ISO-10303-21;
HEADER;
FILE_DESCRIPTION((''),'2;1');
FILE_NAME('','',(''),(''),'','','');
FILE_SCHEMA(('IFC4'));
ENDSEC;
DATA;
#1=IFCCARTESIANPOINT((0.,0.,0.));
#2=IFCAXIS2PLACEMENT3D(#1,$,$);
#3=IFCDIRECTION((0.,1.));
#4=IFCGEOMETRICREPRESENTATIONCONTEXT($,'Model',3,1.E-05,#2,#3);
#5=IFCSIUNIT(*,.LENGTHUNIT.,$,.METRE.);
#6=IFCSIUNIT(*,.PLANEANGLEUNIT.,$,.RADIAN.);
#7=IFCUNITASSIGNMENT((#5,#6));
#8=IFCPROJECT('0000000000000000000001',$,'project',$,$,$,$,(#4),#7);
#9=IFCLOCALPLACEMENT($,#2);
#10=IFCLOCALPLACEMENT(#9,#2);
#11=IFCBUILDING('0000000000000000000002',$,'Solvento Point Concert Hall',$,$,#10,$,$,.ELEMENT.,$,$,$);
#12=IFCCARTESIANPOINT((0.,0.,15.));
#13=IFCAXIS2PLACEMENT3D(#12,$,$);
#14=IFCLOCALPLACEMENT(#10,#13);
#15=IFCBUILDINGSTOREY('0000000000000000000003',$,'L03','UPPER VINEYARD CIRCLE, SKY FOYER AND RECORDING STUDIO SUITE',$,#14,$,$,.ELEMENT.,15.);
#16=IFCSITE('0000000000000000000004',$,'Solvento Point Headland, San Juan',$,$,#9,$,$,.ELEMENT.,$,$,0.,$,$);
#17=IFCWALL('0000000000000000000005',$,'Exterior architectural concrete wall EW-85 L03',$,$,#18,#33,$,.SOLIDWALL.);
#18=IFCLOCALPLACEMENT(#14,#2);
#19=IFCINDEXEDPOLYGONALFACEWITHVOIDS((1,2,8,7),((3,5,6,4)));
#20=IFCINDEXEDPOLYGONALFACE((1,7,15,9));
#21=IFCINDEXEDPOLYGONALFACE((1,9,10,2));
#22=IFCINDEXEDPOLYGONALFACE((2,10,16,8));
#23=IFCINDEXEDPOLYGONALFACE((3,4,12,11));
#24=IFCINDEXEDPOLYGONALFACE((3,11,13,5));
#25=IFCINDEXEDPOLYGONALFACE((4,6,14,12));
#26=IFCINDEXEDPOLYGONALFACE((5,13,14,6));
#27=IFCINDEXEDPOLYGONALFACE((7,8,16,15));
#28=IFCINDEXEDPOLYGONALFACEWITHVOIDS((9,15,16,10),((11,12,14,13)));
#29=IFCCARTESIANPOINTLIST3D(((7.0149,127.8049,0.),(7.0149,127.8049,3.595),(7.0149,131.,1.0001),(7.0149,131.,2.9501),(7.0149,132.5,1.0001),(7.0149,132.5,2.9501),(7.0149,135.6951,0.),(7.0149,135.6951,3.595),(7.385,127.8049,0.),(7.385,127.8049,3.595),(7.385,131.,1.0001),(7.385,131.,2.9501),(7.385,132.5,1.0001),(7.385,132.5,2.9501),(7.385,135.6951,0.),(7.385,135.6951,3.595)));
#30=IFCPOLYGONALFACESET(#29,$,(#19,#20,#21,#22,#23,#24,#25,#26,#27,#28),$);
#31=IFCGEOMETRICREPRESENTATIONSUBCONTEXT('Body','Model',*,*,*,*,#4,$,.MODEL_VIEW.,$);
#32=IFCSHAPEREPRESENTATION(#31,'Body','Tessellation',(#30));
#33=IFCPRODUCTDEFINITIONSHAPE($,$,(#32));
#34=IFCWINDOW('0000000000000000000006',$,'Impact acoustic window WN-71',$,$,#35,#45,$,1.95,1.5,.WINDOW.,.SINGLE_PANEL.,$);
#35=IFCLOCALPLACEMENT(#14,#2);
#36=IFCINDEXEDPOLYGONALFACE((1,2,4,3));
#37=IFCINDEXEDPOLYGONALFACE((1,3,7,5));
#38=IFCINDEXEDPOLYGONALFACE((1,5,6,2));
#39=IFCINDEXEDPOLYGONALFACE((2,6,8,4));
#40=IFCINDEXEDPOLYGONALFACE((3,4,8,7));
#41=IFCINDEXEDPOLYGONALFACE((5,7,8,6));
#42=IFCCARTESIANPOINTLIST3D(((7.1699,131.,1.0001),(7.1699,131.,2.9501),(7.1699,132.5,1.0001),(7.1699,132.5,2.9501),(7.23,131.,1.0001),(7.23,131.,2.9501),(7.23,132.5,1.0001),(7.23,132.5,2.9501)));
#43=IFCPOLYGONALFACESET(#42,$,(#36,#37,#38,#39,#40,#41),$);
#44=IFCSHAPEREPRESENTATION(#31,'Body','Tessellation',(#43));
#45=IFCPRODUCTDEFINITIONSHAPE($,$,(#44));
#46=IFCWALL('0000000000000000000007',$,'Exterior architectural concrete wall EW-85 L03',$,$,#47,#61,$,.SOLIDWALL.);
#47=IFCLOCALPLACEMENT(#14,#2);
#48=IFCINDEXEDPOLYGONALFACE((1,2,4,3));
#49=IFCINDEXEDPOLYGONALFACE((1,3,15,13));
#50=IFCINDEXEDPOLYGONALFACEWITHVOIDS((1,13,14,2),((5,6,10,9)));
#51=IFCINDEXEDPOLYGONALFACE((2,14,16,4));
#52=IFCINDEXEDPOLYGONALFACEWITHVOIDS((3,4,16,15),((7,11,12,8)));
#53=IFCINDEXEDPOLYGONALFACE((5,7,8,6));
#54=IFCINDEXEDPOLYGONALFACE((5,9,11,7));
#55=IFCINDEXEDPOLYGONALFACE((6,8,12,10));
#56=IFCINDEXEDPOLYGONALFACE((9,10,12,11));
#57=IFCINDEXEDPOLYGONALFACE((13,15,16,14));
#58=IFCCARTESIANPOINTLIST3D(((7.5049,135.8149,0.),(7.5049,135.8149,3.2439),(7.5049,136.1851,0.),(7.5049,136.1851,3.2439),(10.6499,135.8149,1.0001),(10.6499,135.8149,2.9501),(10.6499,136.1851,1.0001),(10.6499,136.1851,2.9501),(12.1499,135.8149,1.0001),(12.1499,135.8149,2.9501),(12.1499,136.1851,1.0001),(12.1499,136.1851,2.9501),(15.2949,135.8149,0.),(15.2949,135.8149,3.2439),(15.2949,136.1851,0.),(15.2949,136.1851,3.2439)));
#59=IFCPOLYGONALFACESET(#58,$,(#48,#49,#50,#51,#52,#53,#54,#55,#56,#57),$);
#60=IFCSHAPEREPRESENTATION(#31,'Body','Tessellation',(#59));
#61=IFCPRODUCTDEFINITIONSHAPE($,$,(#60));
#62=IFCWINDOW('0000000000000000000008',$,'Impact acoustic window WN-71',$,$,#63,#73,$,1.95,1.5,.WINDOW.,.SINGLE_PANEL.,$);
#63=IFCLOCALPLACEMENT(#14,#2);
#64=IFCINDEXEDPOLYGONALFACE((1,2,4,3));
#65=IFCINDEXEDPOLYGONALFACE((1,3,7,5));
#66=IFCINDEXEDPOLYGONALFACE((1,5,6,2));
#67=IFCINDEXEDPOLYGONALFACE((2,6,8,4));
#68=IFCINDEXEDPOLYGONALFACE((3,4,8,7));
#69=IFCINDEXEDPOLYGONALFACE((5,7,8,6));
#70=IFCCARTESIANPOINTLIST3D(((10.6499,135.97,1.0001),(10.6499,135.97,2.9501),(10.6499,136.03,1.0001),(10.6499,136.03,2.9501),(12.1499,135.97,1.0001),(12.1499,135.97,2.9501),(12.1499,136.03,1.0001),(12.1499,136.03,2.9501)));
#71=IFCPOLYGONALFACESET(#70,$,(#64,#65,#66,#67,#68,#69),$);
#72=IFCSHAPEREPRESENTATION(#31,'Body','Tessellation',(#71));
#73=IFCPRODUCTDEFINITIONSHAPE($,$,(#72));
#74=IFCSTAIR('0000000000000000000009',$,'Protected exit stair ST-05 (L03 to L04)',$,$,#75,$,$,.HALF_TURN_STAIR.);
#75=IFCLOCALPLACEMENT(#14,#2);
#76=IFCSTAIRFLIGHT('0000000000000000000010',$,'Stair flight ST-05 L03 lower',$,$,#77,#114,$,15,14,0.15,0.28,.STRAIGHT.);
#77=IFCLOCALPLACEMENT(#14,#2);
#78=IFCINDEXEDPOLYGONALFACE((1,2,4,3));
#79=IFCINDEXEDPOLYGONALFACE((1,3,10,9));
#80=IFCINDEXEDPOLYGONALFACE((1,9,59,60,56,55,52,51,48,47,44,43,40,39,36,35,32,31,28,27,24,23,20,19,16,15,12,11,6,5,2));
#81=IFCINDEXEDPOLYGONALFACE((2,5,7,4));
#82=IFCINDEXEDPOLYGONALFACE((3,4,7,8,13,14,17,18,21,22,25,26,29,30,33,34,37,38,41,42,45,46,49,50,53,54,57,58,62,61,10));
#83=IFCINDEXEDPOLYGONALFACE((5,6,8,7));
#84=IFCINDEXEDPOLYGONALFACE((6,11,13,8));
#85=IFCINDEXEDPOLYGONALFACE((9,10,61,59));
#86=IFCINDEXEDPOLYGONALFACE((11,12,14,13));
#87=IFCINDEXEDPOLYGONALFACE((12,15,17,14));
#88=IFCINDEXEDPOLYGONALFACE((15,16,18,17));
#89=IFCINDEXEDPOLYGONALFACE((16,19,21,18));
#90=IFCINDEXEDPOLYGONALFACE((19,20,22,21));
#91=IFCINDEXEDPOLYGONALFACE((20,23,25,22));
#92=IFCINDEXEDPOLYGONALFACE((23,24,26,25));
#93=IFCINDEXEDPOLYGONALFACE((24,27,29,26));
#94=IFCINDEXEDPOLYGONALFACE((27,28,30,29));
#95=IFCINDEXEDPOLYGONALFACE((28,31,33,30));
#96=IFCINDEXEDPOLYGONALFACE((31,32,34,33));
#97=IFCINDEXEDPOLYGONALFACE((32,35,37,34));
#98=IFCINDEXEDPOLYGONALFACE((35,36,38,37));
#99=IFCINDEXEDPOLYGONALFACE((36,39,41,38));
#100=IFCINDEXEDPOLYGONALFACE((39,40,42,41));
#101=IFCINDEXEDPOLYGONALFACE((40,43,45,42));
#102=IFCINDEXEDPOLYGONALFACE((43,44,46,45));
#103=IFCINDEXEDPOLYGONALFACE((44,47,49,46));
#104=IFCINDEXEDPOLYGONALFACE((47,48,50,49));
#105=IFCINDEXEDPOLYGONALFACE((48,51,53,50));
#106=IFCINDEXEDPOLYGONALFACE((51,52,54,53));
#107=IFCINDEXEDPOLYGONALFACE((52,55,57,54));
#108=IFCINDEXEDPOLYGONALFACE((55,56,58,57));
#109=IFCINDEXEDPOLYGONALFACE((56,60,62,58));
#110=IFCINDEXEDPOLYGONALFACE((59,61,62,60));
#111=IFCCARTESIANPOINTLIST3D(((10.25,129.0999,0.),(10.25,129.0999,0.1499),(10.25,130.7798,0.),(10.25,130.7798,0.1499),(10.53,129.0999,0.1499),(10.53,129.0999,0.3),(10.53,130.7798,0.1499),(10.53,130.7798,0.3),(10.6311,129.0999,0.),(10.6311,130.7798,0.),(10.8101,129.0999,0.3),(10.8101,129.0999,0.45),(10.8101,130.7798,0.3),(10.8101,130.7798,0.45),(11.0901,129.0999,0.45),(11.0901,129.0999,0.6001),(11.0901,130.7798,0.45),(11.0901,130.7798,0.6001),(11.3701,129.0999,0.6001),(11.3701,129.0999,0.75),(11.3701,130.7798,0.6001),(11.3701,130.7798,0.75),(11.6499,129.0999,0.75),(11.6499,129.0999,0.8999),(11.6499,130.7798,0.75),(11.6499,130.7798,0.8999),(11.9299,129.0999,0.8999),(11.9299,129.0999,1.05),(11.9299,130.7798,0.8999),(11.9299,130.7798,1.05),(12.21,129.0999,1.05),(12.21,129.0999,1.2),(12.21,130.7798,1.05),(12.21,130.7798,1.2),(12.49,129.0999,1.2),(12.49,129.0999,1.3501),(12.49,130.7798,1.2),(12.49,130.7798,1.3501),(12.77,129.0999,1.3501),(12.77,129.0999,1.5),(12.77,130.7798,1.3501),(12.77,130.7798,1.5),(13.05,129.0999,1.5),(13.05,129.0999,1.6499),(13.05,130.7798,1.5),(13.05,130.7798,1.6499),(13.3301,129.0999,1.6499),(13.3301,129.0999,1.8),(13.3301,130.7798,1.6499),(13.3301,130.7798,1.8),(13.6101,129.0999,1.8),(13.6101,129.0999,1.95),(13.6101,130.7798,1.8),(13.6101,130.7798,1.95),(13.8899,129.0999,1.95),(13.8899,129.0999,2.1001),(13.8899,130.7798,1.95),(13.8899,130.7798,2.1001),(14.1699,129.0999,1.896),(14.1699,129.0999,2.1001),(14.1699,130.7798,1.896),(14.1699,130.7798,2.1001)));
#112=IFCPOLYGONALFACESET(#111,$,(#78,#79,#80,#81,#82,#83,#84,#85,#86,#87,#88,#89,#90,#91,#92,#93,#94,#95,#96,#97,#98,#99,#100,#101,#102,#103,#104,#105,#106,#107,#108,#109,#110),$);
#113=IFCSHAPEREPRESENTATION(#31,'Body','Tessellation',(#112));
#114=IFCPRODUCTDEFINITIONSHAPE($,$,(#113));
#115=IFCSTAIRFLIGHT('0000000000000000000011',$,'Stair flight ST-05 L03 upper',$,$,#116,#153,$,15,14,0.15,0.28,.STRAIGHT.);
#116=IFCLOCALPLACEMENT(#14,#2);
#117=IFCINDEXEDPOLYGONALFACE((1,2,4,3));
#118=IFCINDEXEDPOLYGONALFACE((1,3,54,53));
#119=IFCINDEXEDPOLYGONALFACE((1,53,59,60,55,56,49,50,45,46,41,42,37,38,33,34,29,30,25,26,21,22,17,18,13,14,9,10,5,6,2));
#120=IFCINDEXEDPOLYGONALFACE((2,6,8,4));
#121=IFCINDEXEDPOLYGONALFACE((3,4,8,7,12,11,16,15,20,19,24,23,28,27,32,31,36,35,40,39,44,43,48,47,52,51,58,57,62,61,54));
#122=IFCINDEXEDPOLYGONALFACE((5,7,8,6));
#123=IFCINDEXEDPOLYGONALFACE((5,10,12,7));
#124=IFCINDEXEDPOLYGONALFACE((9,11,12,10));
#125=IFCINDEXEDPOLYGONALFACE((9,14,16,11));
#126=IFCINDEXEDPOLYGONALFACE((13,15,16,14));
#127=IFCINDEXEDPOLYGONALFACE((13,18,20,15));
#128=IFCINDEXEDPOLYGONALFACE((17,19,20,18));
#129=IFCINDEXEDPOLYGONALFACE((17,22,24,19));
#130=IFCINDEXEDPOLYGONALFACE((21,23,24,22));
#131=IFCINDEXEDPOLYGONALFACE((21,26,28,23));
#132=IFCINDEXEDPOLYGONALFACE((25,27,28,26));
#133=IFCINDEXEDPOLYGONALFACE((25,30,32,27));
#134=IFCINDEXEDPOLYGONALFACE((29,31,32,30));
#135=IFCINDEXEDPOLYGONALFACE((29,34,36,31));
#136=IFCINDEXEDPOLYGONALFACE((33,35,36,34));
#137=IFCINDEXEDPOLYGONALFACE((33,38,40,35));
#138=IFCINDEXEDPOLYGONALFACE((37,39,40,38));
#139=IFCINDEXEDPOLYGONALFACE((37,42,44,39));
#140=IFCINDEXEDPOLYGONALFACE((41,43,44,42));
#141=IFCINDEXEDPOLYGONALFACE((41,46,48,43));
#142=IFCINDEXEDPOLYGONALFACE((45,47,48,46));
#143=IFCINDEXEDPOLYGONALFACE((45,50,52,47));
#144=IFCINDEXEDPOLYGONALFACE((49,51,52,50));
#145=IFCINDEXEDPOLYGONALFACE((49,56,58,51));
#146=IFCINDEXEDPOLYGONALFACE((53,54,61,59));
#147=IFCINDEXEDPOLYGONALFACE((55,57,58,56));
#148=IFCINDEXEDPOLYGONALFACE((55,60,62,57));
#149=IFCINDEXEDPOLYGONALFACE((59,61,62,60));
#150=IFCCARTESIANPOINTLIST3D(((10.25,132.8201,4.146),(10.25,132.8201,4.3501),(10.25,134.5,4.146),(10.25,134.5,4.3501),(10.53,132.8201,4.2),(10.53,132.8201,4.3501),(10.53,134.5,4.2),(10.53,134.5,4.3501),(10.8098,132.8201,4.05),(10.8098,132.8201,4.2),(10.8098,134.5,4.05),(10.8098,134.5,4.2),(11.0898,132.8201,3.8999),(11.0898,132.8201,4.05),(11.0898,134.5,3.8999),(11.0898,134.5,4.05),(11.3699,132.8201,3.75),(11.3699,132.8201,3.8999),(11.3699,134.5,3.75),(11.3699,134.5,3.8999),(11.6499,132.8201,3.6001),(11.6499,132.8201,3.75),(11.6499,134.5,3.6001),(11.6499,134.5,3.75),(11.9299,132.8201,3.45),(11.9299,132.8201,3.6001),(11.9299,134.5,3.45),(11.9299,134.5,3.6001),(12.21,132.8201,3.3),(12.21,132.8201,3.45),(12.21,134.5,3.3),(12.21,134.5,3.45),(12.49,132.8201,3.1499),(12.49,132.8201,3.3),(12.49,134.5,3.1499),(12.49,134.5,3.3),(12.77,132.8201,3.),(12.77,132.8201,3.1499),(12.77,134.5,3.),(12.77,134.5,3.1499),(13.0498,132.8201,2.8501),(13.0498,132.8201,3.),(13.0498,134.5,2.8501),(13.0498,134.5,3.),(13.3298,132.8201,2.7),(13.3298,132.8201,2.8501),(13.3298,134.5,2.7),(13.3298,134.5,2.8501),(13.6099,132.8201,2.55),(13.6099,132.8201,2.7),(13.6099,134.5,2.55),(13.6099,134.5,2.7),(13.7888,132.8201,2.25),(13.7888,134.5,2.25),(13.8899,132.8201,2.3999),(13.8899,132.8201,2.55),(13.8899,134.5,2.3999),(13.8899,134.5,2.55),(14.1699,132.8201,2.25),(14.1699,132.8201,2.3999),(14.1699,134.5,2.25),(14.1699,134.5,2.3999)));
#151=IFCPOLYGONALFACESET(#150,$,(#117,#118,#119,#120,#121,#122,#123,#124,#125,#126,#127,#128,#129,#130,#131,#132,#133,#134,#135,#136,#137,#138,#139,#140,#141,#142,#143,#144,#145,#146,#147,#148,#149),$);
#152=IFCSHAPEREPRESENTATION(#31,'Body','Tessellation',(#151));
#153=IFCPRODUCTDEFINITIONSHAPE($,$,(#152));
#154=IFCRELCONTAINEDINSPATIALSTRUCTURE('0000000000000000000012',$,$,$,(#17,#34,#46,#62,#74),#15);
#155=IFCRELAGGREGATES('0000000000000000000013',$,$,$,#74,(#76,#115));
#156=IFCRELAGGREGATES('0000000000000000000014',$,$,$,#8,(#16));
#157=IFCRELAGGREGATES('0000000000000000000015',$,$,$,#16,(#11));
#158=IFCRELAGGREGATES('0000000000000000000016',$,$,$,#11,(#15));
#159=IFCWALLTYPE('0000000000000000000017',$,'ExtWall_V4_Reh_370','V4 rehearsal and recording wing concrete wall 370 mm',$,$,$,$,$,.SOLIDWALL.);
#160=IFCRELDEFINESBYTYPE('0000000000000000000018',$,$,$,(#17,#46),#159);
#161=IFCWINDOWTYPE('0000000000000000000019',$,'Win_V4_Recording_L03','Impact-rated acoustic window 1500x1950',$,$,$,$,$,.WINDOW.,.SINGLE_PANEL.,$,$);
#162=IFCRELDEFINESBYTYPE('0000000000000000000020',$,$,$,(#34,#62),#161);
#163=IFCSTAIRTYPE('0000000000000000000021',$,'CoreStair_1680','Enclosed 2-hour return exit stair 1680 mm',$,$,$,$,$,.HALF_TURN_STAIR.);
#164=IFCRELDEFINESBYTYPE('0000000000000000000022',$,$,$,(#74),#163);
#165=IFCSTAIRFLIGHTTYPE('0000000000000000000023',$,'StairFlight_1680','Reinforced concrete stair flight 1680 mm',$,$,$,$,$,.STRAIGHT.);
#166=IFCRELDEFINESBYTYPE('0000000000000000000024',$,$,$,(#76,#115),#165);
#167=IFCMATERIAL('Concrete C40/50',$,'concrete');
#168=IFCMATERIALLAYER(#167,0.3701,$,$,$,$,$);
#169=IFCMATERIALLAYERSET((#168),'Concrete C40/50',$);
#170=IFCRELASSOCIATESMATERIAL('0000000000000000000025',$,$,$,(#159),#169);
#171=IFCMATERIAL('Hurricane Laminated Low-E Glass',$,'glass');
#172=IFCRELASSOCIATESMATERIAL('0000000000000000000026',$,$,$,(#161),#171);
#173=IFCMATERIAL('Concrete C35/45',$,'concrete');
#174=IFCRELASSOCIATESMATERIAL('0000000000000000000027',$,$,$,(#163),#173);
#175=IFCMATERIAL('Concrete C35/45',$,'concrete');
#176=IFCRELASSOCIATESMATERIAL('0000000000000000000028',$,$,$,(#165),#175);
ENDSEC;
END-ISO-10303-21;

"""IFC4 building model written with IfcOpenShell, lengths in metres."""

from ifc_helpers import new_model, si_unit, direction, frame, frame_2d, origin, place, context, subcontext, project, spatial, polyline, rectangle, outline, extrude, material, layer, layer_set, type_object, element, fill, aggregate, save


model = new_model("IFC4")

# Units and contexts
model_context = context("Model", 3, precision=1e-05, world=origin(), true_north=direction((0.0, 1.0)))
body_context = subcontext(model_context, "Body", "Model", "MODEL_VIEW")
ifc_project = project(units=[si_unit("LENGTHUNIT", "METRE"), si_unit("PLANEANGLEUNIT", "RADIAN")], contexts=[model_context])

# Site, building, storey
site_placement = place(None, origin())
site = spatial("IfcSite", under=ifc_project, at=site_placement, Name="Solvento Point Headland, San Juan", CompositionType="ELEMENT", RefElevation=0.0)
building_placement = place(site_placement, origin())
building = spatial("IfcBuilding", under=site, at=building_placement, Name="Solvento Point Concert Hall", CompositionType="ELEMENT")
storey_placement = place(building_placement, frame((0.0, 0.0, 15.0)))
storey = spatial("IfcBuildingStorey", under=building, at=storey_placement, Name="L03", Description="UPPER VINEYARD CIRCLE, SKY FOYER AND RECORDING STUDIO SUITE", CompositionType="ELEMENT", Elevation=15.0)

# Shared definitions
ifc_material_1 = material(Name="Concrete C40/50", Category="concrete")
ifc_layer_1 = layer(ifc_material_1, 0.3701)
ifc_layer_set_1 = layer_set([ifc_layer_1], Name="Concrete C40/50")
wall_type_1 = type_object("IfcWallType", Name="ExtWall_V4_Reh_370", Description="V4 rehearsal and recording wing concrete wall 370 mm", PredefinedType="SOLIDWALL", material=ifc_layer_set_1)

# Walls, openings, windows
wall_1_placement = place(storey_placement, frame((7.2, 127.8049, 0.0), z_axis=(0.0, 0.0, 1.0), x_axis=(0.0, 1.0, 0.0)))
wall_1 = element("IfcWall", 1, at=wall_1_placement, inside=storey, type_object=wall_type_1, Name="Exterior architectural concrete wall EW-85 L03", PredefinedType="SOLIDWALL", context=body_context, shape_type="SweptSolid", body=[
    extrude(rectangle(XDim=7.8901, YDim=0.3701, at=frame_2d((3.9451, 0.0))), origin(), (0.0, 0.0, 1.0), 3.595),
])
opening_1_placement = place(wall_1_placement, frame((3.1951, 0.0, 1.0)))
opening_1 = element("IfcOpeningElement", 2, at=opening_1_placement, cuts=wall_1, PredefinedType="OPENING", context=body_context, shape_type="SweptSolid", body=[
    extrude(rectangle(XDim=1.5, YDim=1.95, at=frame_2d((0.75, 0.9751))), frame((0.0, 0.1951, 0.0), z_axis=(0.0, -1.0, 0.0), x_axis=(1.0, 0.0, 0.0)), (0.0, 0.0, 1.0), 0.3901),
])
ifc_material_2 = material(Name="Hurricane Laminated Low-E Glass", Category="glass")
window_type = type_object("IfcWindowType", Name="Win_V4_Recording_L03", Description="Impact-rated acoustic window 1500x1950", PartitioningType="SINGLE_PANEL", PredefinedType="WINDOW", material=ifc_material_2)
window_1_placement = place(opening_1_placement, origin())
window_1 = element("IfcWindow", 3, at=window_1_placement, inside=storey, type_object=window_type, Name="Impact acoustic window WN-71", OverallHeight=1.95, OverallWidth=1.5, PartitioningType="SINGLE_PANEL", PredefinedType="WINDOW", context=body_context, shape_type="SweptSolid", body=[
    extrude(rectangle(XDim=1.5, YDim=1.95, at=frame_2d((0.75, 0.9751))), frame((0.0, 0.03, 0.0), z_axis=(0.0, -1.0, 0.0), x_axis=(1.0, 0.0, 0.0)), (0.0, 0.0, 1.0), 0.0601),
])
fill(opening_1, window_1)
wall_2_placement = place(storey_placement, frame((7.5049, 136.0, 0.0), z_axis=(0.0, 0.0, 1.0), x_axis=(1.0, 0.0, 0.0)))
wall_2 = element("IfcWall", 4, at=wall_2_placement, inside=storey, type_object=wall_type_1, Name="Exterior architectural concrete wall EW-85 L03", PredefinedType="SOLIDWALL", context=body_context, shape_type="SweptSolid", body=[
    extrude(rectangle(XDim=7.79, YDim=0.3701, at=frame_2d((3.895, 0.0))), origin(), (0.0, 0.0, 1.0), 3.2439),
])
opening_2_placement = place(wall_2_placement, frame((3.145, 0.0, 1.0)))
opening_2 = element("IfcOpeningElement", 5, at=opening_2_placement, cuts=wall_2, PredefinedType="OPENING", context=body_context, shape_type="SweptSolid", body=[
    extrude(rectangle(XDim=1.5, YDim=1.95, at=frame_2d((0.75, 0.9751))), frame((0.0, 0.1951, 0.0), z_axis=(0.0, -1.0, 0.0), x_axis=(1.0, 0.0, 0.0)), (0.0, 0.0, 1.0), 0.3901),
])
window_2_placement = place(opening_2_placement, origin())
window_2 = element("IfcWindow", 6, at=window_2_placement, inside=storey, type_object=window_type, Name="Impact acoustic window WN-71", OverallHeight=1.95, OverallWidth=1.5, PartitioningType="SINGLE_PANEL", PredefinedType="WINDOW", context=body_context, shape_type="SweptSolid", body=[
    extrude(rectangle(XDim=1.5, YDim=1.95, at=frame_2d((0.75, 0.9751))), frame((0.0, 0.03, 0.0), z_axis=(0.0, -1.0, 0.0), x_axis=(1.0, 0.0, 0.0)), (0.0, 0.0, 1.0), 0.0601),
])
fill(opening_2, window_2)

# Stair, stair flights
ifc_material_3 = material(Name="Concrete C35/45", Category="concrete")
stair_type = type_object("IfcStairType", Name="CoreStair_1680", Description="Enclosed 2-hour return exit stair 1680 mm", PredefinedType="HALF_TURN_STAIR", material=ifc_material_3)
stair_placement = place(storey_placement, origin())
stair = element("IfcStair", 7, at=stair_placement, inside=storey, type_object=stair_type, Name="Protected exit stair ST-05 (L03 to L04)", PredefinedType="HALF_TURN_STAIR")
ifc_material_4 = material(Name="Concrete C35/45", Category="concrete")
stair_flight_type = type_object("IfcStairFlightType", Name="StairFlight_1680", Description="Reinforced concrete stair flight 1680 mm", PredefinedType="STRAIGHT", material=ifc_material_4)
stair_flight_1_placement = place(storey_placement, frame((10.25, 129.9399, 0.0), z_axis=(0.0, 0.0, 1.0), x_axis=(1.0, 0.0, 0.0)))
stair_flight_1 = element("IfcStairFlight", 8, at=stair_flight_1_placement, type_object=stair_flight_type, Name="Stair flight ST-05 L03 lower", NumberOfRisers=15, NumberOfTreads=14, PredefinedType="STRAIGHT", RiserHeight=0.15, TreadLength=0.28, context=body_context, shape_type="SweptSolid", body=[
    extrude(outline(polyline([(0.0, 0.0), (0.0, 0.1499), (0.28, 0.1499), (0.28, 0.3), (0.5601, 0.3), (0.5601, 0.45), (0.8401, 0.45), (0.8401, 0.6001), (1.1201, 0.6001), (1.1201, 0.75), (1.3999, 0.75), (1.3999, 0.8999), (1.6799, 0.8999), (1.6799, 1.05), (1.96, 1.05), (1.96, 1.2), (2.24, 1.2), (2.24, 1.3501), (2.52, 1.3501), (2.52, 1.5), (2.8, 1.5), (2.8, 1.6499), (3.0801, 1.6499), (3.0801, 1.8), (3.3601, 1.8), (3.3601, 1.95), (3.6399, 1.95), (3.6399, 2.1001), (3.9199, 2.1001), (3.9199, 2.25), (3.9199, 1.896), (0.3811, 0.0), (0.0, 0.0)])), frame((0.0, 0.8398, 0.0), z_axis=(0.0, -1.0, 0.0), x_axis=(1.0, 0.0, 0.0)), (0.0, 0.0, 1.0), 1.6799),
])
stair_flight_2_placement = place(storey_placement, frame((14.1699, 133.6599, 2.25), z_axis=(0.0, 0.0, 1.0), x_axis=(-1.0, 0.0, 0.0)))
stair_flight_2 = element("IfcStairFlight", 9, at=stair_flight_2_placement, type_object=stair_flight_type, Name="Stair flight ST-05 L03 upper", NumberOfRisers=15, NumberOfTreads=14, PredefinedType="STRAIGHT", RiserHeight=0.15, TreadLength=0.28, context=body_context, shape_type="SweptSolid", body=[
    extrude(outline(polyline([(0.0, 0.0), (0.0, 0.1499), (0.28, 0.1499), (0.28, 0.3), (0.5601, 0.3), (0.5601, 0.45), (0.8401, 0.45), (0.8401, 0.6001), (1.1201, 0.6001), (1.1201, 0.75), (1.3999, 0.75), (1.3999, 0.8999), (1.6799, 0.8999), (1.6799, 1.05), (1.96, 1.05), (1.96, 1.2), (2.24, 1.2), (2.24, 1.3501), (2.52, 1.3501), (2.52, 1.5), (2.8, 1.5), (2.8, 1.6499), (3.0801, 1.6499), (3.0801, 1.8), (3.3601, 1.8), (3.3601, 1.95), (3.6399, 1.95), (3.6399, 2.1001), (3.9199, 2.1001), (3.9199, 2.25), (3.9199, 1.896), (0.3811, 0.0), (0.0, 0.0)])), frame((0.0, 0.8398, 0.0), z_axis=(0.0, -1.0, 0.0), x_axis=(1.0, 0.0, 0.0)), (0.0, 0.0, 1.0), 1.6799),
])
aggregate(stair, [stair_flight_1, stair_flight_2])

save(model, "model.ifc")
